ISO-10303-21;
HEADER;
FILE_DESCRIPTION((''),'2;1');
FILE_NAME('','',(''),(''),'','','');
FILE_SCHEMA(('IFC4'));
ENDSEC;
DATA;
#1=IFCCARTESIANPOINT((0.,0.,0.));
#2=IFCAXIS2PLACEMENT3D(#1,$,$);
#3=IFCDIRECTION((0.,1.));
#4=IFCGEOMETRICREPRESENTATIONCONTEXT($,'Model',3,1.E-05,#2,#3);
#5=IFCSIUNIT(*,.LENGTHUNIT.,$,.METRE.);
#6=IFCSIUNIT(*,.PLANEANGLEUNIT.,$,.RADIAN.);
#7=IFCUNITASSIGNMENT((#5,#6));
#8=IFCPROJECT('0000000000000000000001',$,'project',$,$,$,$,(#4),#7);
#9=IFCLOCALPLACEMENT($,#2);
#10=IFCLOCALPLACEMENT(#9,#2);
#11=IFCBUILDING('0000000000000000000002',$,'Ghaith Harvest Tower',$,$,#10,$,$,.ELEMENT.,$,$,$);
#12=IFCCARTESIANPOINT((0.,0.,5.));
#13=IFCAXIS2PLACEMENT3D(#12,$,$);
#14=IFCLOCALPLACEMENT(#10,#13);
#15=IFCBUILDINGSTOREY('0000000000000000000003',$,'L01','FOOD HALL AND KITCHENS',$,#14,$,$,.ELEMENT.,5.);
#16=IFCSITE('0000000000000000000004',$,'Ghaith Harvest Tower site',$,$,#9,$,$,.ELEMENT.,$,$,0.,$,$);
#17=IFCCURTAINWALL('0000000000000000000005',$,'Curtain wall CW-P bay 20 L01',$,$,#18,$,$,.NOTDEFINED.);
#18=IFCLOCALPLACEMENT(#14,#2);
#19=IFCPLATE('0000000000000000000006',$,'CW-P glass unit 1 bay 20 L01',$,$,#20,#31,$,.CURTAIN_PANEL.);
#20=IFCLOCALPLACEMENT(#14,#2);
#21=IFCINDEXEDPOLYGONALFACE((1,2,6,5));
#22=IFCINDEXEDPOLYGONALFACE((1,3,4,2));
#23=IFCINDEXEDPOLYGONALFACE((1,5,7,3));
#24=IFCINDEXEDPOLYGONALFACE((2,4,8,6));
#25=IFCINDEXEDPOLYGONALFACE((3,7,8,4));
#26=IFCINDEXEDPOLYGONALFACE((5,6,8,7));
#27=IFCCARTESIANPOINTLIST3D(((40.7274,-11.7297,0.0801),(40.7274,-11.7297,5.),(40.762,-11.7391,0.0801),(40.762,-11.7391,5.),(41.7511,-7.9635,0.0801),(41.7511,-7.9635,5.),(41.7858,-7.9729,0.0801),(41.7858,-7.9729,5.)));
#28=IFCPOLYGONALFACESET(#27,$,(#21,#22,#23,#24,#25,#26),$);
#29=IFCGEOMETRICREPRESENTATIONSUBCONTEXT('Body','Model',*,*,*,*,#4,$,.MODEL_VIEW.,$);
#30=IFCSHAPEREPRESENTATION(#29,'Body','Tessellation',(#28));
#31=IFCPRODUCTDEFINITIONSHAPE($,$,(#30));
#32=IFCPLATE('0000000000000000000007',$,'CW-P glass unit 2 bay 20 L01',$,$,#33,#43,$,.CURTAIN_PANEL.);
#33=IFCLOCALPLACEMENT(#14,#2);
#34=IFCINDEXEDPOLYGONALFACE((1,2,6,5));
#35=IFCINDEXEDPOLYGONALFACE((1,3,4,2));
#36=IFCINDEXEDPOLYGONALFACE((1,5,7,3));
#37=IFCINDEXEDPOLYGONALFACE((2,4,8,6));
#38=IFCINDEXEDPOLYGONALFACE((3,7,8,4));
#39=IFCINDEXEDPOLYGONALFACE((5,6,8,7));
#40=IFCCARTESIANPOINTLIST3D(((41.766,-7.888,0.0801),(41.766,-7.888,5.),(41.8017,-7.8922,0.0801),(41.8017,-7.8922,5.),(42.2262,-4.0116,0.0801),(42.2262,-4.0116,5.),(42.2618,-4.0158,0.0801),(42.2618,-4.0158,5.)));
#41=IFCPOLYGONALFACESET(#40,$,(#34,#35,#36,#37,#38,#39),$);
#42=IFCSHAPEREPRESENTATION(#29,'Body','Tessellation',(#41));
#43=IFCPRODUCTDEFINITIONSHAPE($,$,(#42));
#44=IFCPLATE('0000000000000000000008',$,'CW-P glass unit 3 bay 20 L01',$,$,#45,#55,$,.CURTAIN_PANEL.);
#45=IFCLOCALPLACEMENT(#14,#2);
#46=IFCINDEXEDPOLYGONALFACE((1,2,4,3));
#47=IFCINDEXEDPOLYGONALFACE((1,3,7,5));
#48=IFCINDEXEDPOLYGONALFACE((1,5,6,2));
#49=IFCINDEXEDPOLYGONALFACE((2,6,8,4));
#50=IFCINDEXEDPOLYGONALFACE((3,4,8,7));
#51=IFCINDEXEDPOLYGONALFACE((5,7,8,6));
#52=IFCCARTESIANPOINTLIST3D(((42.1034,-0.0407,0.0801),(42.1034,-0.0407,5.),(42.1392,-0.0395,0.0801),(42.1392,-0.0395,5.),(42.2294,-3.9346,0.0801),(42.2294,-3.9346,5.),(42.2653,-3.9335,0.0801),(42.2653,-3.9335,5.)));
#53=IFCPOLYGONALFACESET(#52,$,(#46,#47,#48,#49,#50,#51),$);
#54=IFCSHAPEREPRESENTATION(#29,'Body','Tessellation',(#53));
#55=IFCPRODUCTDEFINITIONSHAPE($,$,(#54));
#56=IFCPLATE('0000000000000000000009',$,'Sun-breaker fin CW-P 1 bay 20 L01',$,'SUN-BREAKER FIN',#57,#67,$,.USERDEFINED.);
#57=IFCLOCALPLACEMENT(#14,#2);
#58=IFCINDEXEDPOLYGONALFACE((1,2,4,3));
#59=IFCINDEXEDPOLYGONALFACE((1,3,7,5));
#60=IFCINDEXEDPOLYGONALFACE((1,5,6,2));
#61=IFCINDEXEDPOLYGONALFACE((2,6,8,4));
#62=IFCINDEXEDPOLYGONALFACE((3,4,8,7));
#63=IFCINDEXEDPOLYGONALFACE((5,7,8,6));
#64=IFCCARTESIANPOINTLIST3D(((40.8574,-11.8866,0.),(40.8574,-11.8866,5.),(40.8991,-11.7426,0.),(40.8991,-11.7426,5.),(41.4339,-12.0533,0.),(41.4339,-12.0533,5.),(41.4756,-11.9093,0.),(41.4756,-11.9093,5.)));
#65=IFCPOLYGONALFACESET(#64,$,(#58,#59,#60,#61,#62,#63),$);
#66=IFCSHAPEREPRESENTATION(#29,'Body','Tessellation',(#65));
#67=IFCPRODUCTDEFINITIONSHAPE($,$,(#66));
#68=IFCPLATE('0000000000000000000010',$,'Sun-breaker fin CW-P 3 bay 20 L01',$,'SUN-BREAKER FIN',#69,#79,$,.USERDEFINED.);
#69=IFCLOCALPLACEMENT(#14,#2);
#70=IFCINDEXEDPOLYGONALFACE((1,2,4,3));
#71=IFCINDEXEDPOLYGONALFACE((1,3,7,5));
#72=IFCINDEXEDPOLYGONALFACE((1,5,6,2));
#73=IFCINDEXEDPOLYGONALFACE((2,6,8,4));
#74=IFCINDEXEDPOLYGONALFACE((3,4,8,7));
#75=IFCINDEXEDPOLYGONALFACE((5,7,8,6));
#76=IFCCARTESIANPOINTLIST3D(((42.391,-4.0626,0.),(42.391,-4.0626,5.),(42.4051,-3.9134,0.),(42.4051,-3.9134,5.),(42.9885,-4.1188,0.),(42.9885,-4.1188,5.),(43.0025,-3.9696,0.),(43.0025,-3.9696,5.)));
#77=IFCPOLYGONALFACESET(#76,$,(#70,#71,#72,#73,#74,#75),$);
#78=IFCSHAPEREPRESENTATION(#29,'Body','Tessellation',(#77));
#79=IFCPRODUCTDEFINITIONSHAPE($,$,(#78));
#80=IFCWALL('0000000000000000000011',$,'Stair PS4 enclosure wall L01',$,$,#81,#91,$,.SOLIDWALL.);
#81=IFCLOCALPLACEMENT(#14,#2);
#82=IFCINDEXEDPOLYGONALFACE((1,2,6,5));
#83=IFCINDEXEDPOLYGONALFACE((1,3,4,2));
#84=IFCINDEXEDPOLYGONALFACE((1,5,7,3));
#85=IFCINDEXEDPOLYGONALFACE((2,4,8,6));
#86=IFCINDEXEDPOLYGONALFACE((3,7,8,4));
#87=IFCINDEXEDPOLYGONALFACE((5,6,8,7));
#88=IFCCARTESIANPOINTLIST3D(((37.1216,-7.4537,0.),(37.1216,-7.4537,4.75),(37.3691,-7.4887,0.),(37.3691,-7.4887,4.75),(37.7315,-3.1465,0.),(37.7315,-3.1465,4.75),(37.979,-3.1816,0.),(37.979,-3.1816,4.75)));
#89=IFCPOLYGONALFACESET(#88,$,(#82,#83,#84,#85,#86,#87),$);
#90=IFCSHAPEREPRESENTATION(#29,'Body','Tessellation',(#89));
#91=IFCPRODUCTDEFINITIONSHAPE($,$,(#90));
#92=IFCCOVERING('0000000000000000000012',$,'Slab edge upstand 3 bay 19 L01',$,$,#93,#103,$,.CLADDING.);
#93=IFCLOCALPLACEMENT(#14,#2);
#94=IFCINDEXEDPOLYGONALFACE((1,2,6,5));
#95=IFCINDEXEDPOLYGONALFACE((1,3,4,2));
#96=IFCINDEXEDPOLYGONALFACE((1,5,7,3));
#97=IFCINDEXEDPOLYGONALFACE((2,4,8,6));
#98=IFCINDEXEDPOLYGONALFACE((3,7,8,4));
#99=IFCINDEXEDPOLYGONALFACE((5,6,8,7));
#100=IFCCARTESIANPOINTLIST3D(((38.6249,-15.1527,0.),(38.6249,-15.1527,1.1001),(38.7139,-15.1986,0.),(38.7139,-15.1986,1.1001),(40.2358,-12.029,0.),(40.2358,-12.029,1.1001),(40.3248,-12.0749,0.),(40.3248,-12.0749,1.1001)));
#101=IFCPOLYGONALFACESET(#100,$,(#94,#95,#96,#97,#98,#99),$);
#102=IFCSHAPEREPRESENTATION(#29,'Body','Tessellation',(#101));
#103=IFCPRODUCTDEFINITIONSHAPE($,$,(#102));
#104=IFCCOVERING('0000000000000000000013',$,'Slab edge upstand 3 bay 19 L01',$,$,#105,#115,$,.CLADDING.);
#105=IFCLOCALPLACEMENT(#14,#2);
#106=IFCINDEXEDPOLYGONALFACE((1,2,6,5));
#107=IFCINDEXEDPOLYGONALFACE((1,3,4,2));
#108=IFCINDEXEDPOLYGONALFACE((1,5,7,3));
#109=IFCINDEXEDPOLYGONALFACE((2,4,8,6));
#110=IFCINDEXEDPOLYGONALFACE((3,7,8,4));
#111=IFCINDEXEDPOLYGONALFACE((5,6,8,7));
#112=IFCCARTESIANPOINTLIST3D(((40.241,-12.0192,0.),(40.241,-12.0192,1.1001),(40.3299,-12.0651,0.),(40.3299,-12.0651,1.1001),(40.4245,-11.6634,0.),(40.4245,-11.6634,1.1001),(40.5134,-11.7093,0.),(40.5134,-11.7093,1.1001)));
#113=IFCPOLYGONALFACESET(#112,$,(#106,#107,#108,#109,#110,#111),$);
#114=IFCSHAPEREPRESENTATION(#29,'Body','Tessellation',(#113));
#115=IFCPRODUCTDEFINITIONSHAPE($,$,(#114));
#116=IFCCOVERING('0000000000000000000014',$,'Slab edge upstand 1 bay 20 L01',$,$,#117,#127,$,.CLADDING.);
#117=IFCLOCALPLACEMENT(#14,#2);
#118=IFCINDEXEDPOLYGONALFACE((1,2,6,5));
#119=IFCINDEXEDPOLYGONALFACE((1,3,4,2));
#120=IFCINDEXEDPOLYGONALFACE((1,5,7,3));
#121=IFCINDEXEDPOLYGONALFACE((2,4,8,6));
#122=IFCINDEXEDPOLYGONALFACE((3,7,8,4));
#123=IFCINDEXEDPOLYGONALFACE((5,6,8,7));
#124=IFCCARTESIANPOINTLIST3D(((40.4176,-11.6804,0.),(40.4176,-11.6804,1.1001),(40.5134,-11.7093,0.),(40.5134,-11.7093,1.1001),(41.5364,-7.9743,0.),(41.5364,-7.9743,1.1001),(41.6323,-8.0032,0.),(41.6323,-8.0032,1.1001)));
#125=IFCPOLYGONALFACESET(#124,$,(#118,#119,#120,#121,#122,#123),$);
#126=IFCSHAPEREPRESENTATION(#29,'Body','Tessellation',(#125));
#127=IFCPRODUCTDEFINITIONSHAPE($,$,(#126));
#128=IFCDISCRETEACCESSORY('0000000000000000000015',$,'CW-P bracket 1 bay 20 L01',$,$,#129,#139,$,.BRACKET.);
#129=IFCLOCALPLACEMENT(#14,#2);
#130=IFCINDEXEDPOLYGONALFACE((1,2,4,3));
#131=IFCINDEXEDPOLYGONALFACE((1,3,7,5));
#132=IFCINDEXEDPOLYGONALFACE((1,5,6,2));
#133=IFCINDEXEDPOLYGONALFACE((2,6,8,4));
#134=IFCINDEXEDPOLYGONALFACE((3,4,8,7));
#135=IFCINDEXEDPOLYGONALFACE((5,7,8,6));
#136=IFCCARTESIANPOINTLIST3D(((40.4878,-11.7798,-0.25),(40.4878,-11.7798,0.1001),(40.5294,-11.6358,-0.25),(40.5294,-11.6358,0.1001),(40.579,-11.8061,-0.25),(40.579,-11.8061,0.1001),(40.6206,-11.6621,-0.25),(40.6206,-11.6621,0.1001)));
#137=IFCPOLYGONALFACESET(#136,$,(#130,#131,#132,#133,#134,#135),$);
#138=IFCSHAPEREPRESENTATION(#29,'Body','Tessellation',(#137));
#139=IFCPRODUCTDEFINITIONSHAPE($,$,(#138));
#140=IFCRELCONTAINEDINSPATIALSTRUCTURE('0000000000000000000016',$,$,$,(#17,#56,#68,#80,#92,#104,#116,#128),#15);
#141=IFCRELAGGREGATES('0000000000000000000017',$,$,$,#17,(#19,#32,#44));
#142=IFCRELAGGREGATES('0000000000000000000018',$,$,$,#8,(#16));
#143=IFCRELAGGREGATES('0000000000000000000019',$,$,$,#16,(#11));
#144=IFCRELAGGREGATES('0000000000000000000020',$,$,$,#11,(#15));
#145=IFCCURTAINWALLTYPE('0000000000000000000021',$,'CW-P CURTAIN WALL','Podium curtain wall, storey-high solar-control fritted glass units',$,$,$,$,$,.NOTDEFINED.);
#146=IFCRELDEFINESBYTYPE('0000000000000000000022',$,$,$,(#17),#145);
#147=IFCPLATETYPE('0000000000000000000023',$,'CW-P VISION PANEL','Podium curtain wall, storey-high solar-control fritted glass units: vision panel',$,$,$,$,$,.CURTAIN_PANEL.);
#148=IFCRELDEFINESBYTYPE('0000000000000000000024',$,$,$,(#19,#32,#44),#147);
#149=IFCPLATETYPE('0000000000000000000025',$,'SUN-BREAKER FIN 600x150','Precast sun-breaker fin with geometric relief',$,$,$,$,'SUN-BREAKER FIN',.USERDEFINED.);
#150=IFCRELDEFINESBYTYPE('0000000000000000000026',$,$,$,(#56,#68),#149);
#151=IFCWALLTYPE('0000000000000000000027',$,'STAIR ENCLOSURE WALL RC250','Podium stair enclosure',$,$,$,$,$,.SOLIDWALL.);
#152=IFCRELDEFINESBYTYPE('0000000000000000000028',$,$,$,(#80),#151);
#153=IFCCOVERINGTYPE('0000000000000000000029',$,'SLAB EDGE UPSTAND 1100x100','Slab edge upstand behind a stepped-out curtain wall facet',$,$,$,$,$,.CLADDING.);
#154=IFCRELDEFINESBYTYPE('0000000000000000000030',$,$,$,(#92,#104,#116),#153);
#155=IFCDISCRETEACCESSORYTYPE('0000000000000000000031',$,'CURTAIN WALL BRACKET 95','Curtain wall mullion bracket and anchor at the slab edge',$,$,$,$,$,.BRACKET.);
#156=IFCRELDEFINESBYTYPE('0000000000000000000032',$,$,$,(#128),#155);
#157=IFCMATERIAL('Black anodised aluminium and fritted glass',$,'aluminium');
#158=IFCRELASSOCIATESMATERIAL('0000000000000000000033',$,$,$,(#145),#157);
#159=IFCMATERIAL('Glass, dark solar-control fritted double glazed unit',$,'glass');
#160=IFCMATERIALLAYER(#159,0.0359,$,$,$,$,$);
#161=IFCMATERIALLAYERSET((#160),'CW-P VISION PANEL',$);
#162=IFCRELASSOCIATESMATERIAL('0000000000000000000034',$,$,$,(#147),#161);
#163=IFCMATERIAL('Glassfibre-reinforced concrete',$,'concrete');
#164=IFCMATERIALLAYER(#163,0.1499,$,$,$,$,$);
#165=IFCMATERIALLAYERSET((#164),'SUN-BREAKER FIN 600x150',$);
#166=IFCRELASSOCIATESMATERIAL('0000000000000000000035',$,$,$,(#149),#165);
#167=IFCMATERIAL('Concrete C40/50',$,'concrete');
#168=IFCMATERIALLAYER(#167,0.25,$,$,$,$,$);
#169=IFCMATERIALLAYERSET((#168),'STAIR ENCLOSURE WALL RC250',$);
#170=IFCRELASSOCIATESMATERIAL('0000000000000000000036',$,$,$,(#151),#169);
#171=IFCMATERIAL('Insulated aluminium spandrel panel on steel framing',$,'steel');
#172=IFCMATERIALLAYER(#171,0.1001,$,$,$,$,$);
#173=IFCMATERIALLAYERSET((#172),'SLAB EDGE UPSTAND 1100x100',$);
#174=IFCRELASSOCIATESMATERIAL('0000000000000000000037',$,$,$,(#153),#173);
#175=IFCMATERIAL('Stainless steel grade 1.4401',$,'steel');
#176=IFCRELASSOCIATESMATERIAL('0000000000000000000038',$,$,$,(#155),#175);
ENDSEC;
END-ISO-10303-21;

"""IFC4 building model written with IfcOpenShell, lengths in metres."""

from ifc_helpers import new_model, si_unit, direction, frame, frame_2d, origin, origin_2d, place, context, subcontext, project, spatial, rectangle, extrude, material, layer, layer_set, type_object, element, aggregate, save


model = new_model("IFC4")

# Units and contexts
model_context = context("Model", 3, precision=1e-05, world=origin(), true_north=direction((0.0, 1.0)))
body_context = subcontext(model_context, "Body", "Model", "MODEL_VIEW")
ifc_project = project(units=[si_unit("LENGTHUNIT", "METRE"), si_unit("PLANEANGLEUNIT", "RADIAN")], contexts=[model_context])

# Site, building, storey
site_placement = place(None, origin())
site = spatial("IfcSite", under=ifc_project, at=site_placement, Name="Ghaith Harvest Tower site", CompositionType="ELEMENT", RefElevation=0.0)
building_placement = place(site_placement, origin())
building = spatial("IfcBuilding", under=site, at=building_placement, Name="Ghaith Harvest Tower", CompositionType="ELEMENT")
storey_placement = place(building_placement, frame((0.0, 0.0, 5.0)))
storey = spatial("IfcBuildingStorey", under=building, at=storey_placement, Name="L01", Description="FOOD HALL AND KITCHENS", CompositionType="ELEMENT", Elevation=5.0)

# Curtain wall
ifc_material_1 = material(Name="Black anodised aluminium and fritted glass", Category="aluminium")
curtain_wall_type = type_object("IfcCurtainWallType", Name="CW-P CURTAIN WALL", Description="Podium curtain wall, storey-high solar-control fritted glass units", PredefinedType="NOTDEFINED", material=ifc_material_1)
curtain_wall_1_placement = place(storey_placement, origin())
curtain_wall_1 = element("IfcCurtainWall", 1, at=curtain_wall_1_placement, inside=storey, type_object=curtain_wall_type, Name="Curtain wall CW-P bay 20 L01", PredefinedType="NOTDEFINED")

# Plates
ifc_material_2 = material(Name="Glass, dark solar-control fritted double glazed unit", Category="glass")
ifc_layer_1 = layer(ifc_material_2, 0.0359)
ifc_layer_set_1 = layer_set([ifc_layer_1], Name="CW-P VISION PANEL")
plate_type_1 = type_object("IfcPlateType", Name="CW-P VISION PANEL", Description="Podium curtain wall, storey-high solar-control fritted glass units: vision panel", PredefinedType="CURTAIN_PANEL", material=ifc_layer_set_1)
plate_1_placement = place(storey_placement, frame((41.2566, -9.8513, 0.0801), z_axis=(0.0, 0.0, 1.0), x_axis=(0.262307, 0.964985, 0.0)))
plate_1 = element("IfcPlate", 2, at=plate_1_placement, type_object=plate_type_1, Name="CW-P glass unit 1 bay 20 L01", PredefinedType="CURTAIN_PANEL", context=body_context, shape_type="SweptSolid", body=[
    extrude(rectangle(XDim=3.9028, YDim=0.0359, at=origin_2d()), origin(), (0.0, 0.0, 1.0), 4.9199),
])
plate_2_placement = place(storey_placement, frame((42.0139, -5.9519, 0.0801), z_axis=(0.0, 0.0, 1.0), x_axis=(0.117877, 0.993028, 0.0)))
plate_2 = element("IfcPlate", 3, at=plate_2_placement, type_object=plate_type_1, Name="CW-P glass unit 2 bay 20 L01", PredefinedType="CURTAIN_PANEL", context=body_context, shape_type="SweptSolid", body=[
    extrude(rectangle(XDim=3.9036, YDim=0.0359, at=origin_2d()), origin(), (0.0, 0.0, 1.0), 4.9199),
])
plate_3_placement = place(storey_placement, frame((42.1843, -1.9871, 0.0801), z_axis=(0.0, 0.0, 1.0), x_axis=(-0.032352, 0.999477, 0.0)))
plate_3 = element("IfcPlate", 4, at=plate_3_placement, type_object=plate_type_1, Name="CW-P glass unit 3 bay 20 L01", PredefinedType="CURTAIN_PANEL", context=body_context, shape_type="SweptSolid", body=[
    extrude(rectangle(XDim=3.896, YDim=0.0359, at=origin_2d()), origin(), (0.0, 0.0, 1.0), 4.9199),
])
aggregate(curtain_wall_1, [plate_1, plate_2, plate_3])

# Plates
ifc_material_3 = material(Name="Glassfibre-reinforced concrete", Category="concrete")
ifc_layer_2 = layer(ifc_material_3, 0.1499)
ifc_layer_set_2 = layer_set([ifc_layer_2], Name="SUN-BREAKER FIN 600x150")
plate_type_2 = type_object("IfcPlateType", Name="SUN-BREAKER FIN 600x150", Description="Precast sun-breaker fin with geometric relief", ElementType="SUN-BREAKER FIN", PredefinedType="USERDEFINED", material=ifc_layer_set_2)
for number, where, z_axis, x_axis, name in (
    (5, (41.1665, -11.8979, 0.0), (0.0, 0.0, 1.0), (0.96068, -0.277657, 0.0), "Sun-breaker fin CW-P 1 bay 20 L01"),
    (6, (42.6968, -4.0161, 0.0), (0.0, 0.0, 1.0), (0.995605, -0.093647, 0.0), "Sun-breaker fin CW-P 3 bay 20 L01"),
):
    element("IfcPlate", number, at=place(storey_placement, frame(where, z_axis=z_axis, x_axis=x_axis)), inside=storey, type_object=plate_type_2, Name=name, ObjectType="SUN-BREAKER FIN", PredefinedType="USERDEFINED", context=body_context, shape_type="SweptSolid", body=[
        extrude(rectangle(XDim=0.6001, YDim=0.1499, at=origin_2d()), origin(), (0.0, 0.0, 1.0), 5.0),
    ])

# Wall
ifc_material_4 = material(Name="Concrete C40/50", Category="concrete")
ifc_layer_3 = layer(ifc_material_4, 0.25)
ifc_layer_set_3 = layer_set([ifc_layer_3], Name="STAIR ENCLOSURE WALL RC250")
wall_type = type_object("IfcWallType", Name="STAIR ENCLOSURE WALL RC250", Description="Podium stair enclosure", PredefinedType="SOLIDWALL", material=ifc_layer_set_3)
wall_placement = place(storey_placement, frame((37.8552, -3.1641, 0.0), z_axis=(0.0, 0.0, 1.0), x_axis=(-0.140196, -0.990124, 0.0)))
element("IfcWall", 7, at=wall_placement, inside=storey, type_object=wall_type, Name="Stair PS4 enclosure wall L01", PredefinedType="SOLIDWALL", context=body_context, shape_type="SweptSolid", body=[
    extrude(rectangle(XDim=4.3501, YDim=0.25, at=frame_2d((2.175, 0.0))), origin(), (0.0, 0.0, 1.0), 4.75),
])

# Coverings
ifc_material_5 = material(Name="Insulated aluminium spandrel panel on steel framing", Category="steel")
ifc_layer_4 = layer(ifc_material_5, 0.1001)
ifc_layer_set_4 = layer_set([ifc_layer_4], Name="SLAB EDGE UPSTAND 1100x100")
covering_type = type_object("IfcCoveringType", Name="SLAB EDGE UPSTAND 1100x100", Description="Slab edge upstand behind a stepped-out curtain wall facet", PredefinedType="CLADDING", material=ifc_layer_set_4)
covering_1_placement = place(storey_placement, frame((39.4749, -13.6138, 0.0), z_axis=(0.0, 0.0, 1.0), x_axis=(0.458353, 0.88877, 0.0)))
element("IfcCovering", 8, at=covering_1_placement, inside=storey, type_object=covering_type, Name="Slab edge upstand 3 bay 19 L01", PredefinedType="CLADDING", context=body_context, shape_type="SweptSolid", body=[
    extrude(rectangle(XDim=3.5146, YDim=0.1001, at=origin_2d()), origin(), (0.0, 0.0, 1.0), 1.1001),
])
covering_2_placement = place(storey_placement, frame((40.3772, -11.8643, 0.0), z_axis=(0.0, 0.0, 1.0), x_axis=(0.458353, 0.88877, 0.0)))
element("IfcCovering", 9, at=covering_2_placement, inside=storey, type_object=covering_type, Name="Slab edge upstand 3 bay 19 L01", PredefinedType="CLADDING", context=body_context, shape_type="SweptSolid", body=[
    extrude(rectangle(XDim=0.4004, YDim=0.1001, at=origin_2d()), origin(), (0.0, 0.0, 1.0), 1.1001),
])
covering_3_placement = place(storey_placement, frame((41.0249, -9.8418, 0.0), z_axis=(0.0, 0.0, 1.0), x_axis=(0.289015, 0.957325, 0.0)))
element("IfcCovering", 10, at=covering_3_placement, inside=storey, type_object=covering_type, Name="Slab edge upstand 1 bay 20 L01", PredefinedType="CLADDING", context=body_context, shape_type="SweptSolid", body=[
    extrude(rectangle(XDim=3.8713, YDim=0.1001, at=origin_2d()), origin(), (0.0, 0.0, 1.0), 1.1001),
])

# Discrete accessory
ifc_material_6 = material(Name="Stainless steel grade 1.4401", Category="steel")
discrete_accessory_type = type_object("IfcDiscreteAccessoryType", Name="CURTAIN WALL BRACKET 95", Description="Curtain wall mullion bracket and anchor at the slab edge", PredefinedType="BRACKET", material=ifc_material_6)
discrete_accessory_placement = place(storey_placement, frame((40.5542, -11.7209, -0.25), z_axis=(0.0, 0.0, 1.0), x_axis=(0.96068, -0.277657, 0.0)))
element("IfcDiscreteAccessory", 11, at=discrete_accessory_placement, inside=storey, type_object=discrete_accessory_type, Name="CW-P bracket 1 bay 20 L01", PredefinedType="BRACKET", context=body_context, shape_type="SweptSolid", body=[
    extrude(rectangle(XDim=0.095, YDim=0.1499, at=origin_2d()), origin(), (0.0, 0.0, 1.0), 0.3501),
])

save(model, "model.ifc")
